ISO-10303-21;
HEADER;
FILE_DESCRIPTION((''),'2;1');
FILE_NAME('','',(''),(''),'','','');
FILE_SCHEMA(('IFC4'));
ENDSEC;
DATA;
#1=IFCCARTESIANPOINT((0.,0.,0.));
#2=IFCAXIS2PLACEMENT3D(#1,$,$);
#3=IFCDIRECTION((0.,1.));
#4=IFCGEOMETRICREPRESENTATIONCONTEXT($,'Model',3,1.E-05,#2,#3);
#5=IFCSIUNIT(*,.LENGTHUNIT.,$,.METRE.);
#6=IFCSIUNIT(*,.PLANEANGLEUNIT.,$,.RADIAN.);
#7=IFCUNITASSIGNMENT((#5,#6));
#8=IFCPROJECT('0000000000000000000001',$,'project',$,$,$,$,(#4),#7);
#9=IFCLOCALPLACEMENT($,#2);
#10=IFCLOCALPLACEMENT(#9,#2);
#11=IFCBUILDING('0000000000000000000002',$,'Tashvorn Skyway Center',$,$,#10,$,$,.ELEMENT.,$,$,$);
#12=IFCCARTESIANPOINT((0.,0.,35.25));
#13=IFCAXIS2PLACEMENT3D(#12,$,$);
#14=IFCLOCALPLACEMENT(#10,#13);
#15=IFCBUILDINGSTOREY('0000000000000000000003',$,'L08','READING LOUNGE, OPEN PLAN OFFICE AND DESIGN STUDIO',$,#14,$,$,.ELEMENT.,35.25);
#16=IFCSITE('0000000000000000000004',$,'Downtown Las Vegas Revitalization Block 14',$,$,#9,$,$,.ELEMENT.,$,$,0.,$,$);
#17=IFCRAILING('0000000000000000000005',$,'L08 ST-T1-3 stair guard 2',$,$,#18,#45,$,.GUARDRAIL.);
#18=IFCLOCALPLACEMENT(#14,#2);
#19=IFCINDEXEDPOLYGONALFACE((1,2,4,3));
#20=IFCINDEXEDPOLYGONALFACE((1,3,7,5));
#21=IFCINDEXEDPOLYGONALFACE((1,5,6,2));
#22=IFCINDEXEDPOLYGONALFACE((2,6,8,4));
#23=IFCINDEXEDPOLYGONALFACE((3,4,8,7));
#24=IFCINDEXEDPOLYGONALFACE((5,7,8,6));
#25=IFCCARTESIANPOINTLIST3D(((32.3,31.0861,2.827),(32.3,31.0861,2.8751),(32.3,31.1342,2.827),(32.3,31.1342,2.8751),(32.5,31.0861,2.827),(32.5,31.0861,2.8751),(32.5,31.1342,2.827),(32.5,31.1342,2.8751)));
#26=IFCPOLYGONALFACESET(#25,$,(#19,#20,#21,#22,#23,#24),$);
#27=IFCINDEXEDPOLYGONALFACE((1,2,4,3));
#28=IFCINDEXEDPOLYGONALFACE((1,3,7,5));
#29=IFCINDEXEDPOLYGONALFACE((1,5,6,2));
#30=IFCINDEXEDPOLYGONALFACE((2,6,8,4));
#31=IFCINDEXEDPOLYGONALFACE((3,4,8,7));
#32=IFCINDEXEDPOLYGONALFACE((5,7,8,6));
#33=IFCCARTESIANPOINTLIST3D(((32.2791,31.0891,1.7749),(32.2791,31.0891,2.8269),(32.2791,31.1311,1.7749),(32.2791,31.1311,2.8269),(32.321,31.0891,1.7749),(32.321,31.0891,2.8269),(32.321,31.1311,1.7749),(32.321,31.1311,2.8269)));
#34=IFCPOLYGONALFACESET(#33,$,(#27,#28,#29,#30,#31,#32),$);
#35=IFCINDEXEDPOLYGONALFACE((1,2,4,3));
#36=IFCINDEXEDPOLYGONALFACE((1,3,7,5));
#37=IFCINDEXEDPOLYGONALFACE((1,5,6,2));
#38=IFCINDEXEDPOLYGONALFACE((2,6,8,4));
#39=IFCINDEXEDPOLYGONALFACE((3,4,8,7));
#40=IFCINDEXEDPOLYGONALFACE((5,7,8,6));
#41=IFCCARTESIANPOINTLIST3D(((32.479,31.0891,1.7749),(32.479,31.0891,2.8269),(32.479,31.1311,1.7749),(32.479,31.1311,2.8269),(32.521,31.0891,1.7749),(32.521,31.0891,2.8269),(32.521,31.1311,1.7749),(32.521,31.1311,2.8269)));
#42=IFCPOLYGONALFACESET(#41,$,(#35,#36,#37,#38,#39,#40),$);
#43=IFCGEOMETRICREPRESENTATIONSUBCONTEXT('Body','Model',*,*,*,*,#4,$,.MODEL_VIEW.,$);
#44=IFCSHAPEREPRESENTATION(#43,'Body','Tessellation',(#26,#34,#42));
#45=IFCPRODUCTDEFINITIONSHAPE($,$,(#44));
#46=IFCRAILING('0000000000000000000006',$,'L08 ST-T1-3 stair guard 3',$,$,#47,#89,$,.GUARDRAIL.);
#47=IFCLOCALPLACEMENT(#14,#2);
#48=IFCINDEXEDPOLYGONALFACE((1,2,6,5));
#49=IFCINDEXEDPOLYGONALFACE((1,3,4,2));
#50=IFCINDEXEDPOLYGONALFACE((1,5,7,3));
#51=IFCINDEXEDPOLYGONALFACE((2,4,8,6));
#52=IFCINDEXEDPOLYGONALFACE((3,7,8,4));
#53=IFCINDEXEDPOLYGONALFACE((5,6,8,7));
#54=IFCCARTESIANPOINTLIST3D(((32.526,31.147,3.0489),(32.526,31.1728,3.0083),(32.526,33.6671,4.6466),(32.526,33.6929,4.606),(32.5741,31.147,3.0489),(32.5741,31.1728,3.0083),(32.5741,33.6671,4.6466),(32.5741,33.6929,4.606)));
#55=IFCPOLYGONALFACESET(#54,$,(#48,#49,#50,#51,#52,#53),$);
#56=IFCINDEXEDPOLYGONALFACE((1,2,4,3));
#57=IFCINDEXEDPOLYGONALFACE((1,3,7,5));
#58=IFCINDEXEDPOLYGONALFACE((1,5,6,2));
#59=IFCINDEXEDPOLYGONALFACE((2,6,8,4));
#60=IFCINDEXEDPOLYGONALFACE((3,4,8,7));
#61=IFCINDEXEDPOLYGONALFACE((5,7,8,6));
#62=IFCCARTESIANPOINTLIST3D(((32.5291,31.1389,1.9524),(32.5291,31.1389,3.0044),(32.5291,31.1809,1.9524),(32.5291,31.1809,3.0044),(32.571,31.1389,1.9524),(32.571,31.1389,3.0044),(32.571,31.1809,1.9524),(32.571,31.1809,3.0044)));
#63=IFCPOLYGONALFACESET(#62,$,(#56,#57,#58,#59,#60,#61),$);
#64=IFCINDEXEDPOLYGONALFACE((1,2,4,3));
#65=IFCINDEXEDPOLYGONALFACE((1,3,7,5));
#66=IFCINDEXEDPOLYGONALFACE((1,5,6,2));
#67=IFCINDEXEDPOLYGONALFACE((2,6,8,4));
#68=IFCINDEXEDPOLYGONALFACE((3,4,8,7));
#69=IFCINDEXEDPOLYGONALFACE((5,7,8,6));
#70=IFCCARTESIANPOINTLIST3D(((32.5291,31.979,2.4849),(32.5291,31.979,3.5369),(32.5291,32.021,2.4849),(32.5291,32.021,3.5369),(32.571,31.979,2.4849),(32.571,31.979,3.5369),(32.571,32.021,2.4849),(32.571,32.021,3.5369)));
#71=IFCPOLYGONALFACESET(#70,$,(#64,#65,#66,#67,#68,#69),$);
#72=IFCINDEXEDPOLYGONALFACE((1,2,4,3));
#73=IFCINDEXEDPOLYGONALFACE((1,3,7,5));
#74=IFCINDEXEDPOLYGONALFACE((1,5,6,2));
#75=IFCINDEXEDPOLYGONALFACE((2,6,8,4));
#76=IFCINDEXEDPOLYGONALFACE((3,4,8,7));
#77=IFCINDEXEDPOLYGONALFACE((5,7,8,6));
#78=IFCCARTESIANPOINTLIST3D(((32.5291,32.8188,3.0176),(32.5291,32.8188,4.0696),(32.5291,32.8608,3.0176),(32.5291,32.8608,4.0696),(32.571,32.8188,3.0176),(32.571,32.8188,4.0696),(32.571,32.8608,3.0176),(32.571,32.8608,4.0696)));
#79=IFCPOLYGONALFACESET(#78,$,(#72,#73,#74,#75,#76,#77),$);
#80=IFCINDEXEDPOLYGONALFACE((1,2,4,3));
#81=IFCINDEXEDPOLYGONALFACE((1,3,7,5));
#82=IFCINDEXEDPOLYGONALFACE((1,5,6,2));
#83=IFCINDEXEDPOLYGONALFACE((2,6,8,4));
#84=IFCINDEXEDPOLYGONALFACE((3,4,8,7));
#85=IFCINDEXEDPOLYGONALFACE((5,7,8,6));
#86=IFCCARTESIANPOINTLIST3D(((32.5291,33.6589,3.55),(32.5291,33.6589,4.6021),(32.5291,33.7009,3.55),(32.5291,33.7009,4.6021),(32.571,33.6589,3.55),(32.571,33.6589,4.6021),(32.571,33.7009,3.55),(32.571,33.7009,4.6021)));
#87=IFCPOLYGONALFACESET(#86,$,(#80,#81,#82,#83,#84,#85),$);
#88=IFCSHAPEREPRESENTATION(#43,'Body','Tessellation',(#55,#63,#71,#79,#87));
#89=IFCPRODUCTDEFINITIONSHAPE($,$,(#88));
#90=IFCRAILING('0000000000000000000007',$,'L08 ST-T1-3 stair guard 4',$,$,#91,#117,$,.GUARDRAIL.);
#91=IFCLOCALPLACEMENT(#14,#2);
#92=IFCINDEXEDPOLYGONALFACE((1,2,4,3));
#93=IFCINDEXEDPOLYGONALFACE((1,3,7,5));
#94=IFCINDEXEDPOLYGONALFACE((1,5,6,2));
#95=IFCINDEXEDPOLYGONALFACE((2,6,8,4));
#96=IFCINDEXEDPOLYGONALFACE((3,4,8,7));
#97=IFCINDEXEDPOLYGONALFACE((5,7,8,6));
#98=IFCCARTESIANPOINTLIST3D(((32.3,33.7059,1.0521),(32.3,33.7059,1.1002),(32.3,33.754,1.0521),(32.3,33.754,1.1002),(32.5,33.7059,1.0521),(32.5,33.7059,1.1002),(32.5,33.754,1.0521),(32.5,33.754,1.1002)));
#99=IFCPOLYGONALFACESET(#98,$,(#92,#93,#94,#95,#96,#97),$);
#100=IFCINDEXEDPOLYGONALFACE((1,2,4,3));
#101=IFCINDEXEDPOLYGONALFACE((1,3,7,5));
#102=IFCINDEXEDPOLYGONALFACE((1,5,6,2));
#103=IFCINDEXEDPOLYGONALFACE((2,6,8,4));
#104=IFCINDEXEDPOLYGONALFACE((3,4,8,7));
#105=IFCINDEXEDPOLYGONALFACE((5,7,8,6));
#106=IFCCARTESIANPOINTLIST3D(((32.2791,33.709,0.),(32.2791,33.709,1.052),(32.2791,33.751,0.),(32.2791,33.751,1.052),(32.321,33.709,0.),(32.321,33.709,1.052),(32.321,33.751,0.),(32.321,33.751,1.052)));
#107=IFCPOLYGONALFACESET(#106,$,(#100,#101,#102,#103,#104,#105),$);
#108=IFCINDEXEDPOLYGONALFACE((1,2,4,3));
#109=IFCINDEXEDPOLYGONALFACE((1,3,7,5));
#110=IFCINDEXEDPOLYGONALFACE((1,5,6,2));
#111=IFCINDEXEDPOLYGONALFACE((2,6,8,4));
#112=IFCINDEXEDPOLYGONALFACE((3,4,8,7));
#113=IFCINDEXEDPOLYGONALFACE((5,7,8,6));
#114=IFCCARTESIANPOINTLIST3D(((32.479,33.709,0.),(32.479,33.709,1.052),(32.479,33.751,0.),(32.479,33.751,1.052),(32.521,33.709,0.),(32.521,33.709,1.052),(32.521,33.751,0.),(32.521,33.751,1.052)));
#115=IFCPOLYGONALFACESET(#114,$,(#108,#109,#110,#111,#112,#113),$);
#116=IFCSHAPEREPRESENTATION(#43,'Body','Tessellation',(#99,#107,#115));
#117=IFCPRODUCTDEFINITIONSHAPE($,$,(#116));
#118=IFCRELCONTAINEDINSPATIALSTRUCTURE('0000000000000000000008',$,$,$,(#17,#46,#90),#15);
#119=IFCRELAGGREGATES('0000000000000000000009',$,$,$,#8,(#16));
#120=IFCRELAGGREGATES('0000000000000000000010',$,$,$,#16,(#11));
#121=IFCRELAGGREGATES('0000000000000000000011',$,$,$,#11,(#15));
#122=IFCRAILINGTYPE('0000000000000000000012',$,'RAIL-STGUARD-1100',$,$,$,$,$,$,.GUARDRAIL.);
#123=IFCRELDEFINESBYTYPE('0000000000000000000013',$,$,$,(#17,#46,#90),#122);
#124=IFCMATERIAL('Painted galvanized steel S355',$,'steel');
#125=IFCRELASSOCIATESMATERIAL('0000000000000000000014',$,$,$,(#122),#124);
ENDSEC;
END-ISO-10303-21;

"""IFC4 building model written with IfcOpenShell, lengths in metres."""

from ifc_helpers import new_model, si_unit, direction, frame, origin, origin_2d, place, context, subcontext, project, spatial, rectangle, extrude, material, type_object, element, save


model = new_model("IFC4")

# Units and contexts
model_context = context("Model", 3, precision=1e-05, world=origin(), true_north=direction((0.0, 1.0)))
body_context = subcontext(model_context, "Body", "Model", "MODEL_VIEW")
ifc_project = project(units=[si_unit("LENGTHUNIT", "METRE"), si_unit("PLANEANGLEUNIT", "RADIAN")], contexts=[model_context])

# Site, building, storey
site_placement = place(None, origin())
site = spatial("IfcSite", under=ifc_project, at=site_placement, Name="Downtown Las Vegas Revitalization Block 14", CompositionType="ELEMENT", RefElevation=0.0)
building_placement = place(site_placement, origin())
building = spatial("IfcBuilding", under=site, at=building_placement, Name="Tashvorn Skyway Center", CompositionType="ELEMENT")
storey_placement = place(building_placement, frame((0.0, 0.0, 35.25)))
storey = spatial("IfcBuildingStorey", under=building, at=storey_placement, Name="L08", Description="READING LOUNGE, OPEN PLAN OFFICE AND DESIGN STUDIO", CompositionType="ELEMENT", Elevation=35.25)

# Railings
ifc_material_1 = material(Name="Painted galvanized steel S355", Category="steel")
railing_type_1 = type_object("IfcRailingType", Name="RAIL-STGUARD-1100", PredefinedType="GUARDRAIL", material=ifc_material_1)
railing_1_placement = place(storey_placement, frame((32.3, 31.1101, 1.7749)))
element("IfcRailing", 1, at=railing_1_placement, inside=storey, type_object=railing_type_1, Name="L08 ST-T1-3 stair guard 2", PredefinedType="GUARDRAIL", context=body_context, shape_type="SweptSolid", body=[
    extrude(rectangle(XDim=0.0481, YDim=0.0481, at=origin_2d()), frame((0.0, 0.0, 1.0762), z_axis=(1.0, 0.0, 0.0), x_axis=(0.0, 1.0, 0.0)), (0.0, 0.0, 1.0), 0.2),
    extrude(rectangle(XDim=0.042, YDim=0.042, at=origin_2d()), origin(), (0.0, 0.0, 1.0), 1.052),
    extrude(rectangle(XDim=0.042, YDim=0.042, at=origin_2d()), frame((0.2, 0.0, 0.0)), (0.0, 0.0, 1.0), 1.052),
])
railing_2_placement = place(storey_placement, frame((32.55, 31.1599, 1.9524)))
element("IfcRailing", 2, at=railing_2_placement, inside=storey, type_object=railing_type_1, Name="L08 ST-T1-3 stair guard 3", PredefinedType="GUARDRAIL", context=body_context, shape_type="SweptSolid", body=[
    extrude(rectangle(XDim=0.0481, YDim=0.0481, at=origin_2d()), frame((0.0, 0.0, 1.0762), z_axis=(0.0, 0.84457, 0.535445), x_axis=(-1.0, 0.0, 0.0)), (0.0, 0.0, 1.0), 2.9839),
    extrude(rectangle(XDim=0.042, YDim=0.042, at=origin_2d()), origin(), (0.0, 0.0, 1.0), 1.052),
    extrude(rectangle(XDim=0.042, YDim=0.042, at=origin_2d()), frame((0.0, 0.8401, 0.5325)), (0.0, 0.0, 1.0), 1.052),
    extrude(rectangle(XDim=0.042, YDim=0.042, at=origin_2d()), frame((0.0, 1.6799, 1.0652)), (0.0, 0.0, 1.0), 1.052),
    extrude(rectangle(XDim=0.042, YDim=0.042, at=origin_2d()), frame((0.0, 2.52, 1.5977)), (0.0, 0.0, 1.0), 1.052),
])
railing_3_placement = place(storey_placement, frame((32.3, 33.73, 0.0)))
element("IfcRailing", 3, at=railing_3_placement, inside=storey, type_object=railing_type_1, Name="L08 ST-T1-3 stair guard 4", PredefinedType="GUARDRAIL", context=body_context, shape_type="SweptSolid", body=[
    extrude(rectangle(XDim=0.0481, YDim=0.0481, at=origin_2d()), frame((0.0, 0.0, 1.0762), z_axis=(1.0, 0.0, 0.0), x_axis=(0.0, 1.0, 0.0)), (0.0, 0.0, 1.0), 0.2),
    extrude(rectangle(XDim=0.042, YDim=0.042, at=origin_2d()), origin(), (0.0, 0.0, 1.0), 1.052),
    extrude(rectangle(XDim=0.042, YDim=0.042, at=origin_2d()), frame((0.2, 0.0, 0.0)), (0.0, 0.0, 1.0), 1.052),
])

save(model, "model.ifc")
